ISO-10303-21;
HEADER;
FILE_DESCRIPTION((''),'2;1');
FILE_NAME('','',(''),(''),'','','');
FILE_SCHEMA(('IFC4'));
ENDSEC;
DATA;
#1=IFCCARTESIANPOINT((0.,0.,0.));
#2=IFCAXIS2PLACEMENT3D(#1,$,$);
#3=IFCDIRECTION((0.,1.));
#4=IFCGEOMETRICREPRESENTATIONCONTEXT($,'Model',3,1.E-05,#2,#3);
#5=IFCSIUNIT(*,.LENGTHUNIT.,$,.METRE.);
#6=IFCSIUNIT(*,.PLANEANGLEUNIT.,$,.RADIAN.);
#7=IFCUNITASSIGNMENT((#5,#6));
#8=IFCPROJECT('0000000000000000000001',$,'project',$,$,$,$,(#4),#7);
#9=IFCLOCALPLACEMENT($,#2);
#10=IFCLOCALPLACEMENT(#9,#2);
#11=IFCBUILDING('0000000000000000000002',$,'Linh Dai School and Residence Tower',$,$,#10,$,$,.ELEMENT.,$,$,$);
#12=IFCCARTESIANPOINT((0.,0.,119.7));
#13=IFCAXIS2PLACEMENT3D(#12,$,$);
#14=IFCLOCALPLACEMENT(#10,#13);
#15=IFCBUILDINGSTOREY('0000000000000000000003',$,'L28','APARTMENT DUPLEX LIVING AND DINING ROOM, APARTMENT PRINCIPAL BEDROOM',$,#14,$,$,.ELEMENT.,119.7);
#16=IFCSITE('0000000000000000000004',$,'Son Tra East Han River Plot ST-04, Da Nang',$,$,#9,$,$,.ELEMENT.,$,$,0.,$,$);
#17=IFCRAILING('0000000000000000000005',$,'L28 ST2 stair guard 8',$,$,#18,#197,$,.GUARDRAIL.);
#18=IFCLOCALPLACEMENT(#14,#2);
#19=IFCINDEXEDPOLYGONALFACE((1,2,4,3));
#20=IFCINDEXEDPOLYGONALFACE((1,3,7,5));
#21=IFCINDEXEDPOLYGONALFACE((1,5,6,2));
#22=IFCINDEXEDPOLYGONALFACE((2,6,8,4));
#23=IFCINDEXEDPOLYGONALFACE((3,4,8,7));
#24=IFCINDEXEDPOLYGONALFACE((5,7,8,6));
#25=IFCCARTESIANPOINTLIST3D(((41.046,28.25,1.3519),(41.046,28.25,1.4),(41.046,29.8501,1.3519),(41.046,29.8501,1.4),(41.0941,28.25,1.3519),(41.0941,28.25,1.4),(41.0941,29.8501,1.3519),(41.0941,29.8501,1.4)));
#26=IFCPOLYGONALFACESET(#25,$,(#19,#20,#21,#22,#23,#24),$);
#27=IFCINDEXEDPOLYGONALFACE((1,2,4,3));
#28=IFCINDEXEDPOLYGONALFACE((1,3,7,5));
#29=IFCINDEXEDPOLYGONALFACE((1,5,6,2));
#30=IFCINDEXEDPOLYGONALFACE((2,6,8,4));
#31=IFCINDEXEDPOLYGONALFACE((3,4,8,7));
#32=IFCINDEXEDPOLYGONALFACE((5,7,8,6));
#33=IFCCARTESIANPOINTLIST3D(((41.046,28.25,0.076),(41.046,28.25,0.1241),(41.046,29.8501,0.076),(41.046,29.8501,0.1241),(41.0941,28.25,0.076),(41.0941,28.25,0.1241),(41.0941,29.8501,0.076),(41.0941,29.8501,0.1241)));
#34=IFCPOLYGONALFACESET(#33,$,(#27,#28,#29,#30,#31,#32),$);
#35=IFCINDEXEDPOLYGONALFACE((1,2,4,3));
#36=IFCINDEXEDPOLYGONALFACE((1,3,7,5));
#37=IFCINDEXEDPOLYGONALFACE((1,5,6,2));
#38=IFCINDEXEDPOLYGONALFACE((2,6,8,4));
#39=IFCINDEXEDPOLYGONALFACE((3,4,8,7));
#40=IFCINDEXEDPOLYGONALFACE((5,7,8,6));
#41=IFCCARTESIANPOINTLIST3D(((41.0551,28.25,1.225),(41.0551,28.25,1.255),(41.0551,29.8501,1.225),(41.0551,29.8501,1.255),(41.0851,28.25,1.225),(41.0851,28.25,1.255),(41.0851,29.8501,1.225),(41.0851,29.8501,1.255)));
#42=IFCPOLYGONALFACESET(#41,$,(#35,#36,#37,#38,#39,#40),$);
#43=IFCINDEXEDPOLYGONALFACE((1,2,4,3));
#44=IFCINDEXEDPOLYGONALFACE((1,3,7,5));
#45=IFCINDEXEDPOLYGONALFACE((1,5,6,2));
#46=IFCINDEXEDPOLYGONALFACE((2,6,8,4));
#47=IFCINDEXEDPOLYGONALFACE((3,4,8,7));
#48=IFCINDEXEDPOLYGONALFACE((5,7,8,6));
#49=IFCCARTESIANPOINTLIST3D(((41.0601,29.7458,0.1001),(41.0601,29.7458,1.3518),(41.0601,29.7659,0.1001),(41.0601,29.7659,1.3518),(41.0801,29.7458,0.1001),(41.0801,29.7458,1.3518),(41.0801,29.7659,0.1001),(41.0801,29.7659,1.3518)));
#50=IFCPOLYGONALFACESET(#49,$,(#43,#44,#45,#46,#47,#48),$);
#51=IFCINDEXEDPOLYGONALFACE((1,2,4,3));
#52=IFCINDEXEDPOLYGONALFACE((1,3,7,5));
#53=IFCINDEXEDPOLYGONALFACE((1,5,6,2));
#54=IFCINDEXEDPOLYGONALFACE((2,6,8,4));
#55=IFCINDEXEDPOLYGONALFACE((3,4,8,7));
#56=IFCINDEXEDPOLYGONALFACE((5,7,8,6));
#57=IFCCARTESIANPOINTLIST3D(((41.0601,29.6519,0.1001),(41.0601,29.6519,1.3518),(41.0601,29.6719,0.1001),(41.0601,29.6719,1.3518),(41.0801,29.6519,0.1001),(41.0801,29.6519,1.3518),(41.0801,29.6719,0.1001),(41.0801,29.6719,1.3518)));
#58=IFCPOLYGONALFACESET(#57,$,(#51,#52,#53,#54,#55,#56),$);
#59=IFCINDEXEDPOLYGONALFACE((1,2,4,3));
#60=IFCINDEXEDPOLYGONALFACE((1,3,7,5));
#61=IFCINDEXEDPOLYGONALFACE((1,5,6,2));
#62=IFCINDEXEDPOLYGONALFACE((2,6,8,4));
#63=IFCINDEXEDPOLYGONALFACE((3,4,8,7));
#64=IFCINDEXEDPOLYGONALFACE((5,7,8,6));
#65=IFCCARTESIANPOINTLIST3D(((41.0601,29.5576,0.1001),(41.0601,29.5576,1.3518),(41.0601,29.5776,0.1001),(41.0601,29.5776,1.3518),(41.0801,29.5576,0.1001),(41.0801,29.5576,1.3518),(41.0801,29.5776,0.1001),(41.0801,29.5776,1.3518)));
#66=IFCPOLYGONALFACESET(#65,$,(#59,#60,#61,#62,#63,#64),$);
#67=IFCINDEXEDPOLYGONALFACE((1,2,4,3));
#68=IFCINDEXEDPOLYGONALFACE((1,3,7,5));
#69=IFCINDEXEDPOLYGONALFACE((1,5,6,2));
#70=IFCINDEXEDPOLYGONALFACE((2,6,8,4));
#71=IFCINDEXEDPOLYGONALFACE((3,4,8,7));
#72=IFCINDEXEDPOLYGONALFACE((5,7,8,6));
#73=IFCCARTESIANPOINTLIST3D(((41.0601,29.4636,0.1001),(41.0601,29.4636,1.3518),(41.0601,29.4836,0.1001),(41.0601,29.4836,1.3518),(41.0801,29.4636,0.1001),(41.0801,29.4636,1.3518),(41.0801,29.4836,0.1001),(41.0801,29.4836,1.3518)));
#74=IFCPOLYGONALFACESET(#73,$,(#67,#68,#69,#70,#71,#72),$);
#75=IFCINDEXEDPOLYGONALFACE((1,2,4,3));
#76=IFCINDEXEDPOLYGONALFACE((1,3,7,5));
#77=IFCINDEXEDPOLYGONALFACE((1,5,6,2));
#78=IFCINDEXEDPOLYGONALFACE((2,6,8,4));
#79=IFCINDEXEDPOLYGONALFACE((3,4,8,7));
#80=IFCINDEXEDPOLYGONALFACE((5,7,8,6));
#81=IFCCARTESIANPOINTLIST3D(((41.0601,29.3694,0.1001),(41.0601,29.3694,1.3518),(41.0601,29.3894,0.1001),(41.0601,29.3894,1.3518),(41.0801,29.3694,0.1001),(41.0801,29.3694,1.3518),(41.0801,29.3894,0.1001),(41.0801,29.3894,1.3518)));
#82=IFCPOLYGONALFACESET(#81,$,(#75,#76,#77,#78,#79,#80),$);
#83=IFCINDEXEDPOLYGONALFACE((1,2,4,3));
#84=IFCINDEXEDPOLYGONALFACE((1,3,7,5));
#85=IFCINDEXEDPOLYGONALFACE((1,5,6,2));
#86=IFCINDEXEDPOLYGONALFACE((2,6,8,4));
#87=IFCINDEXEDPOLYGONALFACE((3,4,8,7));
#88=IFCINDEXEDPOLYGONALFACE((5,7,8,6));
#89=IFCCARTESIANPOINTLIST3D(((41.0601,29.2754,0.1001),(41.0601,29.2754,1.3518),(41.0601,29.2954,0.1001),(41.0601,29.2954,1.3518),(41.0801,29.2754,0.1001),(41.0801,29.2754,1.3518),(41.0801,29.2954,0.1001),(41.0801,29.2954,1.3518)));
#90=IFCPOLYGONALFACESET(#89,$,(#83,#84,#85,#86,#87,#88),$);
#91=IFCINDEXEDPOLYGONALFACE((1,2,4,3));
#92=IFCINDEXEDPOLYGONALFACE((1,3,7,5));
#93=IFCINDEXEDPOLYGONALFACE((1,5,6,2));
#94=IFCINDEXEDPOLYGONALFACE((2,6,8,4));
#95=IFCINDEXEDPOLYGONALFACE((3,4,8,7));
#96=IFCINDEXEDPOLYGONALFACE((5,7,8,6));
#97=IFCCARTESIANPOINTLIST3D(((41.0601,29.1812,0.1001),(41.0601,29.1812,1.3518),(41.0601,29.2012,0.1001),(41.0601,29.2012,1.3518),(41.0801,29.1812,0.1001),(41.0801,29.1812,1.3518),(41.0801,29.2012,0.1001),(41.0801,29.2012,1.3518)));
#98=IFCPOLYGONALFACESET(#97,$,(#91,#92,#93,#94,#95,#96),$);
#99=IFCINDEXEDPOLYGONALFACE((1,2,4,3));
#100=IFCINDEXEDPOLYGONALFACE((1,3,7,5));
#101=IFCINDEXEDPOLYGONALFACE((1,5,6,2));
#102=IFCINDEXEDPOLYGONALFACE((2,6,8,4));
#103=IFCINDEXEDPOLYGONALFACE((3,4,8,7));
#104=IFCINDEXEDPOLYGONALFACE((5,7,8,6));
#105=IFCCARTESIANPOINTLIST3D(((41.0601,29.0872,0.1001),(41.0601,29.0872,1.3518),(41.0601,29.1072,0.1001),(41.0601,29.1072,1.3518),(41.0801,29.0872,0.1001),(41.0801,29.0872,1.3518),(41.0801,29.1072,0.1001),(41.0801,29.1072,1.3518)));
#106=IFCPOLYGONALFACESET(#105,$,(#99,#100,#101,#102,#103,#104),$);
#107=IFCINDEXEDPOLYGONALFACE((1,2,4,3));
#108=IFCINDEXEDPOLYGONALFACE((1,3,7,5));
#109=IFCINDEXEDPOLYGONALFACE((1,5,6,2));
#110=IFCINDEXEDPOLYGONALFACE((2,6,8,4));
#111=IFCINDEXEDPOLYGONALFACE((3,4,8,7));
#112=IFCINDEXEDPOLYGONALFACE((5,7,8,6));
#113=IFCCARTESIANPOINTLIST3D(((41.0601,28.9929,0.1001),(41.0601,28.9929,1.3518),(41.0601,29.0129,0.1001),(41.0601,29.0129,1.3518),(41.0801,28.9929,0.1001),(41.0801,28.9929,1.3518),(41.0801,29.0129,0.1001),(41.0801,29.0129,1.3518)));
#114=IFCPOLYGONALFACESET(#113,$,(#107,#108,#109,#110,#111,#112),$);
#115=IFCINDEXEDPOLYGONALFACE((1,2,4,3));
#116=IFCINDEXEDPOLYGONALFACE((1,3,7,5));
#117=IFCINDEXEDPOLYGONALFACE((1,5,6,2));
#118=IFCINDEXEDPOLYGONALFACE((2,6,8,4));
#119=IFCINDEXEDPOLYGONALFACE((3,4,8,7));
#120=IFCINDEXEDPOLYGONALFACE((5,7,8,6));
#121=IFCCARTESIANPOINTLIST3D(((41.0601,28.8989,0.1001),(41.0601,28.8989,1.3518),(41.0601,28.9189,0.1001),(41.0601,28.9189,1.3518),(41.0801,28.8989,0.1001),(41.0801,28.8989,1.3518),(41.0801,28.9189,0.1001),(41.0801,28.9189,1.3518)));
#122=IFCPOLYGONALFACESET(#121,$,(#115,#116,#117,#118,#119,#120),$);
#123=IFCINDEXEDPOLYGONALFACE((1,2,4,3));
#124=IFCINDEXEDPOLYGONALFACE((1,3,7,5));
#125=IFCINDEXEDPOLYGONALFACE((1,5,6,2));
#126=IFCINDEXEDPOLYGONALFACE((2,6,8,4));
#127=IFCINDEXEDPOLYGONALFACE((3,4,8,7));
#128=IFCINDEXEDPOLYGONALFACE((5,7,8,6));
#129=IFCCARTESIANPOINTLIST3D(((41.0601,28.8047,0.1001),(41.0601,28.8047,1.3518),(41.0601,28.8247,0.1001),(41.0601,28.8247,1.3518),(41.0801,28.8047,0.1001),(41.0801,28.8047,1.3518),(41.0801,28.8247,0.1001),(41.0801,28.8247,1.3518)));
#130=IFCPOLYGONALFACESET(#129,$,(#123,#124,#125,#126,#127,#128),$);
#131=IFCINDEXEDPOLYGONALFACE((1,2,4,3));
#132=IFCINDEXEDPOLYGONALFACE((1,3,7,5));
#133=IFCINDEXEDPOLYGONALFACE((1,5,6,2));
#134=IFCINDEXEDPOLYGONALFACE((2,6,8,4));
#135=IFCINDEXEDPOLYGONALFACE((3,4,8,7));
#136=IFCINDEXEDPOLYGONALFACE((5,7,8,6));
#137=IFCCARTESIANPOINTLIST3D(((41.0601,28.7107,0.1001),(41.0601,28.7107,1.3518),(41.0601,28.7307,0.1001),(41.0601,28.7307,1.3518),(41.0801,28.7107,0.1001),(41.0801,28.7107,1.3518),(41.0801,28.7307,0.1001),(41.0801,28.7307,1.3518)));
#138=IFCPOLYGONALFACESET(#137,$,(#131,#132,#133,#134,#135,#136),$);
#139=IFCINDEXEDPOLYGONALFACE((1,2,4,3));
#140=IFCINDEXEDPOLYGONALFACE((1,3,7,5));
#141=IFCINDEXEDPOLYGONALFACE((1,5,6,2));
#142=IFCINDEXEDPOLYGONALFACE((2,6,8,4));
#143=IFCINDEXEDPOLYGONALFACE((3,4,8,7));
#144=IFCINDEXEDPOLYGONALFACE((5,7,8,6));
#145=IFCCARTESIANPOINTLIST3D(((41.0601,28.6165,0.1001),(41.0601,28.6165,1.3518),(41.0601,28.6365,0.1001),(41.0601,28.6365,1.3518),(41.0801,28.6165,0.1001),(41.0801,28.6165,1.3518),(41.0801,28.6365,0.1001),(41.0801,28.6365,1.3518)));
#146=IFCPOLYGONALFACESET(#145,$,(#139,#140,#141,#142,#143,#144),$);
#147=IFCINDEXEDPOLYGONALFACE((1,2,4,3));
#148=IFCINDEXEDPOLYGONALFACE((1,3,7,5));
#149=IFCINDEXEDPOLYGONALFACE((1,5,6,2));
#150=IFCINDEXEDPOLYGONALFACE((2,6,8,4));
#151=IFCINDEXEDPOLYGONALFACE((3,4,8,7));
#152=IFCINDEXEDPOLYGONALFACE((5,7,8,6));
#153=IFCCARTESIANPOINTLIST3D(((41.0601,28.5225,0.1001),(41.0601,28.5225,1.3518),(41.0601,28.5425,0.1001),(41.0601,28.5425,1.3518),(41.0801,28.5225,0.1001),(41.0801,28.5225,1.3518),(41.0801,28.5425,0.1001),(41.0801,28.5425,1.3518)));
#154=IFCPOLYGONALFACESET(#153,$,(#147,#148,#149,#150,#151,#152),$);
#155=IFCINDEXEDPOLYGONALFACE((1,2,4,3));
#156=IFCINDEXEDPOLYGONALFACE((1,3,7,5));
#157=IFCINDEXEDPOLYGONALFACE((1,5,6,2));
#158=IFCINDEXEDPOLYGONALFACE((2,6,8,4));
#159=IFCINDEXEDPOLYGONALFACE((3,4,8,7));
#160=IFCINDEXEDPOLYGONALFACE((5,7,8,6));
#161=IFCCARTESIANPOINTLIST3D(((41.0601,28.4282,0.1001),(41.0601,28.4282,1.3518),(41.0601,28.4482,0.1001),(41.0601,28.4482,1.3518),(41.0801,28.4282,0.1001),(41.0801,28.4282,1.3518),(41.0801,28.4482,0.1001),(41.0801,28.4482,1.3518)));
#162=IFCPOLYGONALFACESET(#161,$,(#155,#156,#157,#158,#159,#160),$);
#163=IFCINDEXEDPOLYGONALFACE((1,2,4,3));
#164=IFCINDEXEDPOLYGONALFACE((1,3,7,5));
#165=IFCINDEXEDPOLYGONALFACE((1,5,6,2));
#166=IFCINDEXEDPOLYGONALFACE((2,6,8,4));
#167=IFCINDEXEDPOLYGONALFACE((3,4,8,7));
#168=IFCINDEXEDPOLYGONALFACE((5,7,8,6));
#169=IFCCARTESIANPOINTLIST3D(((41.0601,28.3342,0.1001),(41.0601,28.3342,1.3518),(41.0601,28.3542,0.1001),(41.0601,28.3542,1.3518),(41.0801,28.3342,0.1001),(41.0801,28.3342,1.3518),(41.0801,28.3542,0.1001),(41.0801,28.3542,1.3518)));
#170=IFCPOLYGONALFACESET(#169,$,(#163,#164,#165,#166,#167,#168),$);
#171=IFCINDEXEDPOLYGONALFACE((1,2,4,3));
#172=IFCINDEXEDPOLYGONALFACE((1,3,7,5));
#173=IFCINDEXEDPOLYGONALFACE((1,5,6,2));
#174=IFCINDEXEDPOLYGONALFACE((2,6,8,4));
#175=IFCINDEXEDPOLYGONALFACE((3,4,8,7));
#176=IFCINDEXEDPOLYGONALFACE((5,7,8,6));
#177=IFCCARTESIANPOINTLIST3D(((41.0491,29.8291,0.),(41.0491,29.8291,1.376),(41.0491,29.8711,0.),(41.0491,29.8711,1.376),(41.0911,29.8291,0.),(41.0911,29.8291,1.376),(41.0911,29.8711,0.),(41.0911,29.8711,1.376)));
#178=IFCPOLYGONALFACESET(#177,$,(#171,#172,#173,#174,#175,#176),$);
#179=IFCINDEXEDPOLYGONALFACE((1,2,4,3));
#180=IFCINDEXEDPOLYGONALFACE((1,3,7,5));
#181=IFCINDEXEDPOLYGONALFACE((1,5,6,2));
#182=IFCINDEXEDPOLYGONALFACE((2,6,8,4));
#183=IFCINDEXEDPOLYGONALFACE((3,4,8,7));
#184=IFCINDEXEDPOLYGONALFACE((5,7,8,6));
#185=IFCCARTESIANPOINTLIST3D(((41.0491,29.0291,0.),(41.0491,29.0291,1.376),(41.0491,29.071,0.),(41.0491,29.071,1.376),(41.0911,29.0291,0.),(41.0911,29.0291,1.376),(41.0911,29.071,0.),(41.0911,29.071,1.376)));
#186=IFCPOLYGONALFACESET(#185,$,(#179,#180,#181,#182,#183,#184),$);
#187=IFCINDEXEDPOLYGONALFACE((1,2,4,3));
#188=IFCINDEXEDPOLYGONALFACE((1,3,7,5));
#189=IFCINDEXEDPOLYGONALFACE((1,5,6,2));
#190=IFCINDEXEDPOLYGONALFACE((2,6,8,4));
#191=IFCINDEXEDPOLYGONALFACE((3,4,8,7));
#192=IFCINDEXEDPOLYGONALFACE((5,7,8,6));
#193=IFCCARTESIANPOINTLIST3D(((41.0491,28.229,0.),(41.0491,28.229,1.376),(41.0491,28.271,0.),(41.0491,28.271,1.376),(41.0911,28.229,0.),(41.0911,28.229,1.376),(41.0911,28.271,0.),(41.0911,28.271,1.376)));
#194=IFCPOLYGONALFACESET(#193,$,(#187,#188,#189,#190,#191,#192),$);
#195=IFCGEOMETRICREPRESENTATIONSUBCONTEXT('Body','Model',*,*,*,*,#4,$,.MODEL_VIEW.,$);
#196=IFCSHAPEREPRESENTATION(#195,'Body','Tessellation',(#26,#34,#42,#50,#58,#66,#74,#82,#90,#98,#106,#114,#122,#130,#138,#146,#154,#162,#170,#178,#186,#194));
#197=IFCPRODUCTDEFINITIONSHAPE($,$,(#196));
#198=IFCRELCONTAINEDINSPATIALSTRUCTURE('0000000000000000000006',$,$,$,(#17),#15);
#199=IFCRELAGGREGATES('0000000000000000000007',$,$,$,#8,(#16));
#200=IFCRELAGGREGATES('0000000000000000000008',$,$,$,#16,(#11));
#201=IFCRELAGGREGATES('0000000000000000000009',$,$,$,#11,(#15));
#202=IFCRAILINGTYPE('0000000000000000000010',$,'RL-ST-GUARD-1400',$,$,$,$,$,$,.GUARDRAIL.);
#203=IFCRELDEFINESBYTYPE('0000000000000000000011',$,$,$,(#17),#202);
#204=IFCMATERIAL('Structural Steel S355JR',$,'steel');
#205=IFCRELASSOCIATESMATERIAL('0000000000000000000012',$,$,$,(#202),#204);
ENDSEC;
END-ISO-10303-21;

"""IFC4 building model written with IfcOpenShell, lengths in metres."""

from ifc_helpers import new_model, si_unit, direction, frame, origin, origin_2d, place, context, subcontext, project, spatial, rectangle, extrude, source, transform, mapped, material, type_object, element, save


model = new_model("IFC4")

# Units and contexts
model_context = context("Model", 3, precision=1e-05, world=origin(), true_north=direction((0.0, 1.0)))
body_context = subcontext(model_context, "Body", "Model", "MODEL_VIEW")
ifc_project = project(units=[si_unit("LENGTHUNIT", "METRE"), si_unit("PLANEANGLEUNIT", "RADIAN")], contexts=[model_context])

# Site, building, storey
site_placement = place(None, origin())
site = spatial("IfcSite", under=ifc_project, at=site_placement, Name="Son Tra East Han River Plot ST-04, Da Nang", CompositionType="ELEMENT", RefElevation=0.0)
building_placement = place(site_placement, origin())
building = spatial("IfcBuilding", under=site, at=building_placement, Name="Linh Dai School and Residence Tower", CompositionType="ELEMENT")
storey_placement = place(building_placement, frame((0.0, 0.0, 119.7)))
storey = spatial("IfcBuildingStorey", under=building, at=storey_placement, Name="L28", Description="APARTMENT DUPLEX LIVING AND DINING ROOM, APARTMENT PRINCIPAL BEDROOM", CompositionType="ELEMENT", Elevation=119.7)

# Shared definitions
ifc_material_1 = material(Name="Structural Steel S355JR", Category="steel")

# Railing
railing_type_1 = type_object("IfcRailingType", Name="RL-ST-GUARD-1400", PredefinedType="GUARDRAIL", material=ifc_material_1)
shared_shape_1 = source(origin(), body_context, "Body", "SweptSolid", [
    extrude(rectangle(XDim=0.0481, YDim=0.0481, at=origin_2d()), frame((0.0, 0.0, 1.376), z_axis=(0.0, -1.0, 0.0), x_axis=(1.0, 0.0, 0.0)), (0.0, 0.0, 1.0), 1.6001),
    extrude(rectangle(XDim=0.0481, YDim=0.0481, at=origin_2d()), frame((0.0, 0.0, 0.1001), z_axis=(0.0, -1.0, 0.0), x_axis=(1.0, 0.0, 0.0)), (0.0, 0.0, 1.0), 1.6001),
    extrude(rectangle(XDim=0.03, YDim=0.03, at=origin_2d()), frame((0.0, 0.0, 1.24), z_axis=(0.0, -1.0, 0.0), x_axis=(1.0, 0.0, 0.0)), (0.0, 0.0, 1.0), 1.6001),
    extrude(rectangle(XDim=0.02, YDim=0.02, at=origin_2d()), frame((0.0, -0.0942, 0.1001)), (0.0, 0.0, 1.0), 1.2517),
    extrude(rectangle(XDim=0.02, YDim=0.02, at=origin_2d()), frame((0.0, -0.1882, 0.1001)), (0.0, 0.0, 1.0), 1.2517),
    extrude(rectangle(XDim=0.02, YDim=0.02, at=origin_2d()), frame((0.0, -0.2825, 0.1001)), (0.0, 0.0, 1.0), 1.2517),
    extrude(rectangle(XDim=0.02, YDim=0.02, at=origin_2d()), frame((0.0, -0.3765, 0.1001)), (0.0, 0.0, 1.0), 1.2517),
    extrude(rectangle(XDim=0.02, YDim=0.02, at=origin_2d()), frame((0.0, -0.4707, 0.1001)), (0.0, 0.0, 1.0), 1.2517),
    extrude(rectangle(XDim=0.02, YDim=0.02, at=origin_2d()), frame((0.0, -0.5647, 0.1001)), (0.0, 0.0, 1.0), 1.2517),
    extrude(rectangle(XDim=0.02, YDim=0.02, at=origin_2d()), frame((0.0, -0.6589, 0.1001)), (0.0, 0.0, 1.0), 1.2517),
    extrude(rectangle(XDim=0.02, YDim=0.02, at=origin_2d()), frame((0.0, -0.7529, 0.1001)), (0.0, 0.0, 1.0), 1.2517),
    extrude(rectangle(XDim=0.02, YDim=0.02, at=origin_2d()), frame((0.0, -0.8472, 0.1001)), (0.0, 0.0, 1.0), 1.2517),
    extrude(rectangle(XDim=0.02, YDim=0.02, at=origin_2d()), frame((0.0, -0.9412, 0.1001)), (0.0, 0.0, 1.0), 1.2517),
    extrude(rectangle(XDim=0.02, YDim=0.02, at=origin_2d()), frame((0.0, -1.0354, 0.1001)), (0.0, 0.0, 1.0), 1.2517),
    extrude(rectangle(XDim=0.02, YDim=0.02, at=origin_2d()), frame((0.0, -1.1294, 0.1001)), (0.0, 0.0, 1.0), 1.2517),
    extrude(rectangle(XDim=0.02, YDim=0.02, at=origin_2d()), frame((0.0, -1.2236, 0.1001)), (0.0, 0.0, 1.0), 1.2517),
    extrude(rectangle(XDim=0.02, YDim=0.02, at=origin_2d()), frame((0.0, -1.3176, 0.1001)), (0.0, 0.0, 1.0), 1.2517),
    extrude(rectangle(XDim=0.02, YDim=0.02, at=origin_2d()), frame((0.0, -1.4119, 0.1001)), (0.0, 0.0, 1.0), 1.2517),
    extrude(rectangle(XDim=0.02, YDim=0.02, at=origin_2d()), frame((0.0, -1.5059, 0.1001)), (0.0, 0.0, 1.0), 1.2517),
    extrude(rectangle(XDim=0.042, YDim=0.042, at=origin_2d()), origin(), (0.0, 0.0, 1.0), 1.376),
    extrude(rectangle(XDim=0.042, YDim=0.042, at=origin_2d()), frame((0.0, -0.8, 0.0)), (0.0, 0.0, 1.0), 1.376),
    extrude(rectangle(XDim=0.042, YDim=0.042, at=origin_2d()), frame((0.0, -1.6001, 0.0)), (0.0, 0.0, 1.0), 1.376),
])
for number, where, name in (
    (1, (41.0701, 29.8501, 0.0), "L28 ST2 stair guard 8"),
):
    element("IfcRailing", number, at=place(storey_placement, frame(where)), inside=storey, type_object=railing_type_1, Name=name, PredefinedType="GUARDRAIL", context=body_context, shape_type="MappedRepresentation", body=[
        mapped(shared_shape_1, transform((0.0, 0.0, 0.0), x_axis=(1.0, 0.0, 0.0), y_axis=(0.0, 1.0, 0.0), z_axis=(0.0, 0.0, 1.0), scale=1.0)),
    ])

save(model, "model.ifc")
